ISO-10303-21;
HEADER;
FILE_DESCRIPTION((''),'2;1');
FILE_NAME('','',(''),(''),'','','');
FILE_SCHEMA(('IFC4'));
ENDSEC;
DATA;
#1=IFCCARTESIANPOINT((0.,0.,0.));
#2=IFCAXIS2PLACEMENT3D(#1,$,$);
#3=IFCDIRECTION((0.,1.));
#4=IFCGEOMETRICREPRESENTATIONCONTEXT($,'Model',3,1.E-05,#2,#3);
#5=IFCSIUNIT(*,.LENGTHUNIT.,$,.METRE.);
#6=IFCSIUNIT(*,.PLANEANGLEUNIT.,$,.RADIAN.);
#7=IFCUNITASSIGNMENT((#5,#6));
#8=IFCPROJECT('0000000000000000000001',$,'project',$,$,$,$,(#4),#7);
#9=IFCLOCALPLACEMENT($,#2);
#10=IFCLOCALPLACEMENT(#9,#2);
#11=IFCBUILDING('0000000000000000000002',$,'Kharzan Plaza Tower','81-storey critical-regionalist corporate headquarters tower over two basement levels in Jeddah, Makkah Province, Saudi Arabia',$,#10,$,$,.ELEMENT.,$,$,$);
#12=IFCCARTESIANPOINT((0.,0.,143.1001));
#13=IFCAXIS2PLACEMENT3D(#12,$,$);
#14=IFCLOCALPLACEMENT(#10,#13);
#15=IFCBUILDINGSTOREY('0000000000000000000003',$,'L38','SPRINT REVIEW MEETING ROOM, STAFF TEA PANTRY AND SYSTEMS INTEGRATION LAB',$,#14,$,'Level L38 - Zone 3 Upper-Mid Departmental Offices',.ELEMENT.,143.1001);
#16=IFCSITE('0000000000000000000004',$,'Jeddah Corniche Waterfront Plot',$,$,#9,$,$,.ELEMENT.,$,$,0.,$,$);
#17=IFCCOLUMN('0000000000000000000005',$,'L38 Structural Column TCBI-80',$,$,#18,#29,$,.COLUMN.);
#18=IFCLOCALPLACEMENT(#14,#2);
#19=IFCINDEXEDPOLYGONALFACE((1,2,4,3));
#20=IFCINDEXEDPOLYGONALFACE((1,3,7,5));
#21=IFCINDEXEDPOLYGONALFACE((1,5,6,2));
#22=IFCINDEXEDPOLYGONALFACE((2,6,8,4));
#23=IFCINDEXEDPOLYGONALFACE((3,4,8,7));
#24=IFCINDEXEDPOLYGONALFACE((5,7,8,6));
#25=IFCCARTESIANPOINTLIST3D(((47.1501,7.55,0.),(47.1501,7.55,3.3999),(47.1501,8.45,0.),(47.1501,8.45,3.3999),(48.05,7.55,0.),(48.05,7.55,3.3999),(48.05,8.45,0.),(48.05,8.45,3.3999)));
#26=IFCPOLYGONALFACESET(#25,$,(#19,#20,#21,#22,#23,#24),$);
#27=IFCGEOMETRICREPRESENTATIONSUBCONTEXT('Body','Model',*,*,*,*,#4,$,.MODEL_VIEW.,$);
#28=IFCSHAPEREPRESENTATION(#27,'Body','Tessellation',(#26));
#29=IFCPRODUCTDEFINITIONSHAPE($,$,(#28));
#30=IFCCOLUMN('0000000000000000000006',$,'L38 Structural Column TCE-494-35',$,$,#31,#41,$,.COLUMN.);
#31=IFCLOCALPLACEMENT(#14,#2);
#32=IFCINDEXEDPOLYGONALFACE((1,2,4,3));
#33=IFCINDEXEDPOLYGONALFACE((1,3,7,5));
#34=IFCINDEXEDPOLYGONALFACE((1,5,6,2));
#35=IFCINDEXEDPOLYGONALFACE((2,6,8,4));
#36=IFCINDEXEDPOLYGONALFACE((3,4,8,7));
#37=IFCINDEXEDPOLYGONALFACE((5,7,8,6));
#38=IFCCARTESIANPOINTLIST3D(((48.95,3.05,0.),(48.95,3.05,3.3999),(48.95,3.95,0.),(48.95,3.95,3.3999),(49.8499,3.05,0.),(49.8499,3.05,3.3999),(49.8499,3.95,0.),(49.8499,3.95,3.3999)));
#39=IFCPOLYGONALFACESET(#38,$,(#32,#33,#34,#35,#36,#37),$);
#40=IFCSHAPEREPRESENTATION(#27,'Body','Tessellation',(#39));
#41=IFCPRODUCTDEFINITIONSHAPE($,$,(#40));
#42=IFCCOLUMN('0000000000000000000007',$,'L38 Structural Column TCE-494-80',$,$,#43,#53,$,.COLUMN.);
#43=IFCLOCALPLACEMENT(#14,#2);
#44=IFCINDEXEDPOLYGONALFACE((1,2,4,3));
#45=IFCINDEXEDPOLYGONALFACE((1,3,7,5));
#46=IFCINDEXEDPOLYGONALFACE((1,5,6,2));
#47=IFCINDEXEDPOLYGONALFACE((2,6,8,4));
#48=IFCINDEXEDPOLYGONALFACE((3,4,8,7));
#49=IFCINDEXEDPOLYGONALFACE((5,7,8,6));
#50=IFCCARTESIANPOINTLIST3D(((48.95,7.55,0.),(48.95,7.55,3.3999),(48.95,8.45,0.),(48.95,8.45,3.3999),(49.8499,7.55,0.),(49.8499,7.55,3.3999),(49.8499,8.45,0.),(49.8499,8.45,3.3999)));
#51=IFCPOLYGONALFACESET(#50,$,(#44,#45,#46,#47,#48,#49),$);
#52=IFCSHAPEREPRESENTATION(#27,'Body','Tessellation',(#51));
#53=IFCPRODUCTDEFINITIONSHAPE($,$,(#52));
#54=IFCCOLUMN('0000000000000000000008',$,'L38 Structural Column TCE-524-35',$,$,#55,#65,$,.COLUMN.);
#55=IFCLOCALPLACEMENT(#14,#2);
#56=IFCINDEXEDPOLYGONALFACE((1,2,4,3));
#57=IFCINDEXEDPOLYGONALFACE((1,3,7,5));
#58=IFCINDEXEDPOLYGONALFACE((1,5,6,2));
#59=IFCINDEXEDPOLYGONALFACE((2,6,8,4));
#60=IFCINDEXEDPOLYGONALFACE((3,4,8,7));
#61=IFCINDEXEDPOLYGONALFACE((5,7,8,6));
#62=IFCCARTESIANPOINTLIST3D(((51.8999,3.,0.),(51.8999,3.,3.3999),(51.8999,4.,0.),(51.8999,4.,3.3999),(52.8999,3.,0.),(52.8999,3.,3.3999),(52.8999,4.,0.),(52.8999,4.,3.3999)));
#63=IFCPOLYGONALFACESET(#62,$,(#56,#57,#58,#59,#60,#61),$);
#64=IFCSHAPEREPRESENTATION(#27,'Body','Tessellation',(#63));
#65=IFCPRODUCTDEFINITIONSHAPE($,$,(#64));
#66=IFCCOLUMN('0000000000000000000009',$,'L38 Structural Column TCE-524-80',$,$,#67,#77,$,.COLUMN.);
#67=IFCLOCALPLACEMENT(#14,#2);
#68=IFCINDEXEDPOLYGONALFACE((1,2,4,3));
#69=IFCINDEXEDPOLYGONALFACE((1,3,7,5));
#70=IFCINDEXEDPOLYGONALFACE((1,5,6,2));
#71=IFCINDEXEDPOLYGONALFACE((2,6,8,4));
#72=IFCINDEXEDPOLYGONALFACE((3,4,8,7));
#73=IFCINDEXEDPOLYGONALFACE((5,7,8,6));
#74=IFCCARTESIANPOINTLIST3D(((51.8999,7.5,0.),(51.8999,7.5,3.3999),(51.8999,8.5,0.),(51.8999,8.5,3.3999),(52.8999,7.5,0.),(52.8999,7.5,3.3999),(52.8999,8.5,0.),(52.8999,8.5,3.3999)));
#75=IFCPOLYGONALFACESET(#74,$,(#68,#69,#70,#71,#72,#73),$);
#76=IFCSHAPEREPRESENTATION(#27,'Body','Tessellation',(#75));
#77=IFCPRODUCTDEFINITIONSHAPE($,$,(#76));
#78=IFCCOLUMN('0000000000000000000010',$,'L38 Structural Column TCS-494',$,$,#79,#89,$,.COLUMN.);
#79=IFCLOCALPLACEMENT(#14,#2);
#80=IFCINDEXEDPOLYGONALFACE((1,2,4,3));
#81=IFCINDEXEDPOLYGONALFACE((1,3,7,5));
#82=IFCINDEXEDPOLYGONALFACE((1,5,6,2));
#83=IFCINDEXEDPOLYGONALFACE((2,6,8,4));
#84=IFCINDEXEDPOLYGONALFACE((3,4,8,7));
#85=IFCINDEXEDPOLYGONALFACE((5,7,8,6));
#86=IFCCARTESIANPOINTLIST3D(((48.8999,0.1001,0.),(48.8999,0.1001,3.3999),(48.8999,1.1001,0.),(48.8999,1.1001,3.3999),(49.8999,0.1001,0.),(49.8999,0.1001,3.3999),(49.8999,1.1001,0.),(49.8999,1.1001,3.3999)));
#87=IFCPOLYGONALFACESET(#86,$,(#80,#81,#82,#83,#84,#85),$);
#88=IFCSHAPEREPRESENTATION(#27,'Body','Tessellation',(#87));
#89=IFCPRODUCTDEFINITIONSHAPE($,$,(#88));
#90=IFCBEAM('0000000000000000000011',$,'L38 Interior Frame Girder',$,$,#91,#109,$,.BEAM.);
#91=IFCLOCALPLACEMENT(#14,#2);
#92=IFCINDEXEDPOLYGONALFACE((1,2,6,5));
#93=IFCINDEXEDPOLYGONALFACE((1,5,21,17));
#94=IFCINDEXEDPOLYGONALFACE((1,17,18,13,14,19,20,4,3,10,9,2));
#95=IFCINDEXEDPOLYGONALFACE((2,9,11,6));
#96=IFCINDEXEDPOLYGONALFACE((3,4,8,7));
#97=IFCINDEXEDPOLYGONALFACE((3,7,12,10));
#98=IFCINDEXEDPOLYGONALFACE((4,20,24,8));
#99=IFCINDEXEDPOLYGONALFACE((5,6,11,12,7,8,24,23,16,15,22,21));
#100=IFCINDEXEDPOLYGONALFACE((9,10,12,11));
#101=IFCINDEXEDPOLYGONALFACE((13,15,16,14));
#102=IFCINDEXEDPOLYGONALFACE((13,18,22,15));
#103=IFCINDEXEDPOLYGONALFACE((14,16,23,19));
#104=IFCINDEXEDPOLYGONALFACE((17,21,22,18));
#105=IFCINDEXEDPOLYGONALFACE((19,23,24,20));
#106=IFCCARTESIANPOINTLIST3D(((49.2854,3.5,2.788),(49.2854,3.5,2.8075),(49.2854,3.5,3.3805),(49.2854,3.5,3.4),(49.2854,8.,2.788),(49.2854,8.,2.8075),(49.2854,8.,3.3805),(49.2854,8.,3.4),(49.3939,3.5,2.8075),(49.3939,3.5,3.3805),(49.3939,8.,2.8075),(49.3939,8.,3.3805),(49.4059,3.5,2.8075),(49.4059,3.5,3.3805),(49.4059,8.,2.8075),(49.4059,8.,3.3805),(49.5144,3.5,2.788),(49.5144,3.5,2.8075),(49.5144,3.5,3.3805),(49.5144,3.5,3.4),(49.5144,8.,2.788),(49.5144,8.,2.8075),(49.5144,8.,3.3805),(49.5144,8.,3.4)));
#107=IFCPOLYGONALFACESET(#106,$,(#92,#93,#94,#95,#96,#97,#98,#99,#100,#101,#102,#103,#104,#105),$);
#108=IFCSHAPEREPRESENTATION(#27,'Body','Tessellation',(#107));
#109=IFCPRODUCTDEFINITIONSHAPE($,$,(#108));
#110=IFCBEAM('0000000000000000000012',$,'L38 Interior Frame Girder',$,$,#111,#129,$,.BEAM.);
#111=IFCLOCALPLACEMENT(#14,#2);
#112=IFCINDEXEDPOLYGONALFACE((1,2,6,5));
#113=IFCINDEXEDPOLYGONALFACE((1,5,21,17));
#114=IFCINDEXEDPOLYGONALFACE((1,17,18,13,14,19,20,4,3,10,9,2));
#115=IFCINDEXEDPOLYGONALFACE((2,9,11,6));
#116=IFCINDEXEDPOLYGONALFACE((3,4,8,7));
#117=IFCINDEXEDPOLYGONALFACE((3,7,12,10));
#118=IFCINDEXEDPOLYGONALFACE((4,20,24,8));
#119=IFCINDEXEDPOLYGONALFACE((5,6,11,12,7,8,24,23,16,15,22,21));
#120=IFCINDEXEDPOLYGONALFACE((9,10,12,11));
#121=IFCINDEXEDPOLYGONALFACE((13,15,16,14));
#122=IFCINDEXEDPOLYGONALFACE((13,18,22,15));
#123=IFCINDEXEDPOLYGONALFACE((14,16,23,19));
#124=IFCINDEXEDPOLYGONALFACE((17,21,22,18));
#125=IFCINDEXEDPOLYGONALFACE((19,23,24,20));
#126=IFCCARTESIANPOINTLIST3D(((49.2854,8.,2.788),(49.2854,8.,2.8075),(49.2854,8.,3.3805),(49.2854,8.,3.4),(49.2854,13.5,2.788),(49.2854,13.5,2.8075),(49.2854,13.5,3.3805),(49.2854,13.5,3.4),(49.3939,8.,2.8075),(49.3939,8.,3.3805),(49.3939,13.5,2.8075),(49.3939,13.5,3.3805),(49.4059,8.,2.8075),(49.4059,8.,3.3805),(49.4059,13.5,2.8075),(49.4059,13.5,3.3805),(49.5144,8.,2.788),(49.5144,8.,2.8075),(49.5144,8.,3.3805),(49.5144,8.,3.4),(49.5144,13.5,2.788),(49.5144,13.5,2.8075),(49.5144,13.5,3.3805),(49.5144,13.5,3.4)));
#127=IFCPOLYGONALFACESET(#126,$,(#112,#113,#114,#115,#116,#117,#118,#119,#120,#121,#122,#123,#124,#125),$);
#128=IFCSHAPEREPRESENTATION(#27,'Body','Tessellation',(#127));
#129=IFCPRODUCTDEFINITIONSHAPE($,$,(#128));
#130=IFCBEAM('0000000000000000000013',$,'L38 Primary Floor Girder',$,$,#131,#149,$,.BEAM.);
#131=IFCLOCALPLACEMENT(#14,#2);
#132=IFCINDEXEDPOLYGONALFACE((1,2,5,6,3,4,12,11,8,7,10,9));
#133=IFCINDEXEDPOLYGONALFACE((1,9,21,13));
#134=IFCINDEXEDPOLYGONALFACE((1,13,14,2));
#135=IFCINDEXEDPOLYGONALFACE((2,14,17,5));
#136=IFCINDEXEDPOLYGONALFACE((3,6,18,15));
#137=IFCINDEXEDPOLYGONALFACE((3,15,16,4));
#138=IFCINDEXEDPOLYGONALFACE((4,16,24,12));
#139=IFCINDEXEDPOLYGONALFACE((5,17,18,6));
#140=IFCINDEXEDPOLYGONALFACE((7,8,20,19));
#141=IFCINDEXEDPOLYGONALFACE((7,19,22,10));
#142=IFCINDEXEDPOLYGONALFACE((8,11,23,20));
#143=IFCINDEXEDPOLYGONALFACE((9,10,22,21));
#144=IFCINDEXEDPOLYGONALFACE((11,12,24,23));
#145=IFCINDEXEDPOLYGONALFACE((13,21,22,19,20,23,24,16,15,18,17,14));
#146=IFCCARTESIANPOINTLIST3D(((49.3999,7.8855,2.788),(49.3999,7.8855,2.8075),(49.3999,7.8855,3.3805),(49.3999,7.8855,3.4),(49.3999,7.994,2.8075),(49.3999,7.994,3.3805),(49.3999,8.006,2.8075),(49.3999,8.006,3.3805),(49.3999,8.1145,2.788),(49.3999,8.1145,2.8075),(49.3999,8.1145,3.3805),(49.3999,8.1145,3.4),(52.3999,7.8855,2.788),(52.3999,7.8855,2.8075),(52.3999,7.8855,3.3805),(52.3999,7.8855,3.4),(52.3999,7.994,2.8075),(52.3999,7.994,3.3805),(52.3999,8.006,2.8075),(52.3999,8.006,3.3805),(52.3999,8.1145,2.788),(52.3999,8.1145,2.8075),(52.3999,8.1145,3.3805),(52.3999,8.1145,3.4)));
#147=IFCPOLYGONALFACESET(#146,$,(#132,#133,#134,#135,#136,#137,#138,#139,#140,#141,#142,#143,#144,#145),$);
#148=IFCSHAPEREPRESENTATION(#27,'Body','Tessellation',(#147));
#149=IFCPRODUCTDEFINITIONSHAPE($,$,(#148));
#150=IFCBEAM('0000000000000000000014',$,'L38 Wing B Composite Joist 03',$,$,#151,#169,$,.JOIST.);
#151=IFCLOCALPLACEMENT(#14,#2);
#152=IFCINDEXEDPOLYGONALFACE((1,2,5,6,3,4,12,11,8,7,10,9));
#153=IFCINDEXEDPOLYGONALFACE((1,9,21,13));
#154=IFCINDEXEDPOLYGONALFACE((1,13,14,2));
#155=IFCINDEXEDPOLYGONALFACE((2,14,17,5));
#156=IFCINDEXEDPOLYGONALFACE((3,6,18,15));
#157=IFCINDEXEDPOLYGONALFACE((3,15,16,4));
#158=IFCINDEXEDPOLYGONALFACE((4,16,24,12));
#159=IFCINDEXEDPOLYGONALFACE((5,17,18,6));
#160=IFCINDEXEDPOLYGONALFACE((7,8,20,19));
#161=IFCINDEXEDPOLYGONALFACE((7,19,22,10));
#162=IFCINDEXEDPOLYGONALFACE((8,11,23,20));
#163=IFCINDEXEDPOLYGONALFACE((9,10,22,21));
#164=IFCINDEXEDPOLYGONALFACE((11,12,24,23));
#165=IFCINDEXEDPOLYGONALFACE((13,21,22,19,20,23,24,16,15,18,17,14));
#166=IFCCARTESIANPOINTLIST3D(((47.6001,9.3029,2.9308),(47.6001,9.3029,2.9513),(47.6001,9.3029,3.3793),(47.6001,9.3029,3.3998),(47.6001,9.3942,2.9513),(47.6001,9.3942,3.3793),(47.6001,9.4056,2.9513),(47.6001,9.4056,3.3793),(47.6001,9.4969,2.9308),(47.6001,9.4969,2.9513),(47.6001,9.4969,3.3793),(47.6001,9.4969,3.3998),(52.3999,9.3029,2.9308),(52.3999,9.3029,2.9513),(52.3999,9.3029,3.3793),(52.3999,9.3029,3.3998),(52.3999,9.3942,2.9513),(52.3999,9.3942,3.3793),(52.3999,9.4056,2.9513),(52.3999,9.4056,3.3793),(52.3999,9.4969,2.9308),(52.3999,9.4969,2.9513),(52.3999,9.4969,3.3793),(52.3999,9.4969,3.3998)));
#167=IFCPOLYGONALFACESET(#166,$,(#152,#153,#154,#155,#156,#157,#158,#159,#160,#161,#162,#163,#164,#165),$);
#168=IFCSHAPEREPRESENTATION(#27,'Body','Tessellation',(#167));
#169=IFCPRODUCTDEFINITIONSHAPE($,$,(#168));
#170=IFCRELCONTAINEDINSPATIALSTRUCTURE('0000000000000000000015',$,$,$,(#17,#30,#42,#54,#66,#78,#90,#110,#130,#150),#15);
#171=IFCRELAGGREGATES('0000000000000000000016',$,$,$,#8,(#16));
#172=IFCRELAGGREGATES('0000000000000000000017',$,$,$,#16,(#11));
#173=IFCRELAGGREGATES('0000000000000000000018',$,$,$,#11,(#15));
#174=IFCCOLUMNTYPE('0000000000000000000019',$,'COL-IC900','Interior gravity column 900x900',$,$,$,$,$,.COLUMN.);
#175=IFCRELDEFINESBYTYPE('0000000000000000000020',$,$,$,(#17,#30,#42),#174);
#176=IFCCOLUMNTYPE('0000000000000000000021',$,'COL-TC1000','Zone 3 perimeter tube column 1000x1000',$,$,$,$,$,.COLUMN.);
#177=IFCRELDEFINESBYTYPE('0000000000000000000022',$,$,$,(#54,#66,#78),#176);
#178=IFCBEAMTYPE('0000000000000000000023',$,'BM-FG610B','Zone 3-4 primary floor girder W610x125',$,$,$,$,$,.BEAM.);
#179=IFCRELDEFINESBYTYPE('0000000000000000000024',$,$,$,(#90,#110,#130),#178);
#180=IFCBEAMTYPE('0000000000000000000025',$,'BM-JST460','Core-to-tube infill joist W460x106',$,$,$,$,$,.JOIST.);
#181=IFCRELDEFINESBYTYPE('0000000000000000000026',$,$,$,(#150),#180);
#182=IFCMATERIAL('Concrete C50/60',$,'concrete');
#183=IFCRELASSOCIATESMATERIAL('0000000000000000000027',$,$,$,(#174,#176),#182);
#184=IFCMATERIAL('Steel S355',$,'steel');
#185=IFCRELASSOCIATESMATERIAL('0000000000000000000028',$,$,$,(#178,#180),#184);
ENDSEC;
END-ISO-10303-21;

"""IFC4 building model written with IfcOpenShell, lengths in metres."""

from ifc_helpers import new_model, si_unit, direction, frame, origin, origin_2d, place, context, subcontext, project, spatial, rectangle, i_section, extrude, source, transform, mapped, material, material_profile, profile_set, type_object, element, save


model = new_model("IFC4")

# Units and contexts
model_context = context("Model", 3, precision=1e-05, world=origin(), true_north=direction((0.0, 1.0)))
body_context = subcontext(model_context, "Body", "Model", "MODEL_VIEW")
ifc_project = project(units=[si_unit("LENGTHUNIT", "METRE"), si_unit("PLANEANGLEUNIT", "RADIAN")], contexts=[model_context])

# Site, building, storey
site_placement = place(None, origin())
site = spatial("IfcSite", under=ifc_project, at=site_placement, Name="Jeddah Corniche Waterfront Plot", CompositionType="ELEMENT", RefElevation=0.0)
building_placement = place(site_placement, origin())
building = spatial("IfcBuilding", under=site, at=building_placement, Name="Kharzan Plaza Tower", Description="81-storey critical-regionalist corporate headquarters tower over two basement levels in Jeddah, Makkah Province, Saudi Arabia", CompositionType="ELEMENT")
storey_placement = place(building_placement, frame((0.0, 0.0, 143.1001)))
storey = spatial("IfcBuildingStorey", under=building, at=storey_placement, Name="L38", Description="SPRINT REVIEW MEETING ROOM, STAFF TEA PANTRY AND SYSTEMS INTEGRATION LAB", LongName="Level L38 - Zone 3 Upper-Mid Departmental Offices", CompositionType="ELEMENT", Elevation=143.1001)

# Columns
ifc_material_1 = material(Name="Concrete C50/60", Category="concrete")
ifc_material_profile_1 = material_profile(ifc_material_1, rectangle(XDim=0.8999, YDim=0.8999, at=origin_2d()), Name="RC-IC900x900")
ifc_profile_set_1 = profile_set([ifc_material_profile_1], Name="Concrete C50/60")
column_type_1 = type_object("IfcColumnType", Name="COL-IC900", Description="Interior gravity column 900x900", PredefinedType="COLUMN", material=ifc_profile_set_1)
shared_shape_1 = source(origin(), body_context, "Body", "SweptSolid", [
    extrude(rectangle(XDim=0.8999, YDim=0.8999, at=origin_2d()), origin(), (0.0, 0.0, 1.0), 3.3999),
])
for number, where, z_axis, x_axis, name in (
    (1, (47.6001, 8.0, 0.0), (0.0, 0.0, 1.0), (1.0, 0.0, 0.0), "L38 Structural Column TCBI-80"),
    (2, (49.3999, 3.5, 0.0), (0.0, 0.0, 1.0), (1.0, 0.0, 0.0), "L38 Structural Column TCE-494-35"),
    (3, (49.3999, 8.0, 0.0), (0.0, 0.0, 1.0), (1.0, 0.0, 0.0), "L38 Structural Column TCE-494-80"),
):
    element("IfcColumn", number, at=place(storey_placement, frame(where, z_axis=z_axis, x_axis=x_axis)), inside=storey, type_object=column_type_1, Name=name, PredefinedType="COLUMN", context=body_context, shape_type="MappedRepresentation", body=[
        mapped(shared_shape_1, transform((0.0, 0.0, 0.0), x_axis=(1.0, 0.0, 0.0), y_axis=(0.0, 1.0, 0.0), z_axis=(0.0, 0.0, 1.0))),
    ])
ifc_material_profile_2 = material_profile(ifc_material_1, rectangle(XDim=1.0, YDim=1.0, at=origin_2d()), Name="RC-TC1000x1000")
ifc_profile_set_2 = profile_set([ifc_material_profile_2], Name="Concrete C50/60")
column_type_2 = type_object("IfcColumnType", Name="COL-TC1000", Description="Zone 3 perimeter tube column 1000x1000", PredefinedType="COLUMN", material=ifc_profile_set_2)
shared_shape_2 = source(origin(), body_context, "Body", "SweptSolid", [
    extrude(rectangle(XDim=1.0, YDim=1.0, at=origin_2d()), origin(), (0.0, 0.0, 1.0), 3.3999),
])
for number, where, z_axis, x_axis, name in (
    (4, (52.3999, 3.5, 0.0), (0.0, 0.0, 1.0), (1.0, 0.0, 0.0), "L38 Structural Column TCE-524-35"),
    (5, (52.3999, 8.0, 0.0), (0.0, 0.0, 1.0), (1.0, 0.0, 0.0), "L38 Structural Column TCE-524-80"),
    (6, (49.3999, 0.6001, 0.0), (0.0, 0.0, 1.0), (1.0, 0.0, 0.0), "L38 Structural Column TCS-494"),
):
    element("IfcColumn", number, at=place(storey_placement, frame(where, z_axis=z_axis, x_axis=x_axis)), inside=storey, type_object=column_type_2, Name=name, PredefinedType="COLUMN", context=body_context, shape_type="MappedRepresentation", body=[
        mapped(shared_shape_2, transform((0.0, 0.0, 0.0), x_axis=(1.0, 0.0, 0.0), y_axis=(0.0, 1.0, 0.0), z_axis=(0.0, 0.0, 1.0))),
    ])

# Beams
ifc_material_2 = material(Name="Steel S355", Category="steel")
ifc_material_profile_3 = material_profile(ifc_material_2, i_section(OverallWidth=0.229, OverallDepth=0.6121, WebThickness=0.012, FlangeThickness=0.0195, at=origin_2d()), Name="W610x125")
ifc_profile_set_3 = profile_set([ifc_material_profile_3], Name="Steel S355")
beam_type_1 = type_object("IfcBeamType", Name="BM-FG610B", Description="Zone 3-4 primary floor girder W610x125", PredefinedType="BEAM", material=ifc_profile_set_3)
shared_shape_3 = source(origin(), body_context, "Body", "SweptSolid", [
    extrude(i_section(OverallWidth=0.229, OverallDepth=0.6121, WebThickness=0.012, FlangeThickness=0.0195, at=origin_2d()), origin(), (0.0, 0.0, 1.0), 4.5),
])
beam_1_placement = place(storey_placement, frame((49.3999, 3.5, 3.094), z_axis=(0.0, 1.0, 0.0), x_axis=(-1.0, 0.0, 0.0)))
element("IfcBeam", 7, at=beam_1_placement, inside=storey, type_object=beam_type_1, Name="L38 Interior Frame Girder", PredefinedType="BEAM", context=body_context, shape_type="MappedRepresentation", body=[
    mapped(shared_shape_3, transform((0.0, 0.0, 0.0), x_axis=(1.0, 0.0, 0.0), y_axis=(0.0, 1.0, 0.0), z_axis=(0.0, 0.0, 1.0))),
])
shared_shape_4 = source(origin(), body_context, "Body", "SweptSolid", [
    extrude(i_section(OverallWidth=0.229, OverallDepth=0.6121, WebThickness=0.012, FlangeThickness=0.0195, at=origin_2d()), origin(), (0.0, 0.0, 1.0), 5.5),
])
beam_2_placement = place(storey_placement, frame((49.3999, 8.0, 3.094), z_axis=(0.0, 1.0, 0.0), x_axis=(-1.0, 0.0, 0.0)))
element("IfcBeam", 8, at=beam_2_placement, inside=storey, type_object=beam_type_1, Name="L38 Interior Frame Girder", PredefinedType="BEAM", context=body_context, shape_type="MappedRepresentation", body=[
    mapped(shared_shape_4, transform((0.0, 0.0, 0.0), x_axis=(1.0, 0.0, 0.0), y_axis=(0.0, 1.0, 0.0), z_axis=(0.0, 0.0, 1.0))),
])
shared_shape_5 = source(origin(), body_context, "Body", "SweptSolid", [
    extrude(i_section(OverallWidth=0.229, OverallDepth=0.6121, WebThickness=0.012, FlangeThickness=0.0195, at=origin_2d()), origin(), (0.0, 0.0, 1.0), 3.0),
])
beam_3_placement = place(storey_placement, frame((49.3999, 8.0, 3.094), z_axis=(1.0, 0.0, 0.0), x_axis=(0.0, 1.0, 0.0)))
element("IfcBeam", 9, at=beam_3_placement, inside=storey, type_object=beam_type_1, Name="L38 Primary Floor Girder", PredefinedType="BEAM", context=body_context, shape_type="MappedRepresentation", body=[
    mapped(shared_shape_5, transform((0.0, 0.0, 0.0), x_axis=(1.0, 0.0, 0.0), y_axis=(0.0, 1.0, 0.0), z_axis=(0.0, 0.0, 1.0))),
])
ifc_material_profile_4 = material_profile(ifc_material_2, i_section(OverallWidth=0.1941, OverallDepth=0.469, WebThickness=0.0115, FlangeThickness=0.0205, at=origin_2d()), Name="W460x106")
ifc_profile_set_4 = profile_set([ifc_material_profile_4], Name="Steel S355")
beam_type_2 = type_object("IfcBeamType", Name="BM-JST460", Description="Core-to-tube infill joist W460x106", PredefinedType="JOIST", material=ifc_profile_set_4)
shared_shape_6 = source(origin(), body_context, "Body", "SweptSolid", [
    extrude(i_section(OverallWidth=0.1941, OverallDepth=0.469, WebThickness=0.0115, FlangeThickness=0.0205, at=origin_2d()), origin(), (0.0, 0.0, 1.0), 4.7998),
])
beam_4_placement = place(storey_placement, frame((47.6001, 9.3999, 3.1653), z_axis=(1.0, 0.0, 0.0), x_axis=(0.0, 1.0, 0.0)))
element("IfcBeam", 10, at=beam_4_placement, inside=storey, type_object=beam_type_2, Name="L38 Wing B Composite Joist 03", PredefinedType="JOIST", context=body_context, shape_type="MappedRepresentation", body=[
    mapped(shared_shape_6, transform((0.0, 0.0, 0.0), x_axis=(1.0, 0.0, 0.0), y_axis=(0.0, 1.0, 0.0), z_axis=(0.0, 0.0, 1.0))),
])

save(model, "model.ifc")
